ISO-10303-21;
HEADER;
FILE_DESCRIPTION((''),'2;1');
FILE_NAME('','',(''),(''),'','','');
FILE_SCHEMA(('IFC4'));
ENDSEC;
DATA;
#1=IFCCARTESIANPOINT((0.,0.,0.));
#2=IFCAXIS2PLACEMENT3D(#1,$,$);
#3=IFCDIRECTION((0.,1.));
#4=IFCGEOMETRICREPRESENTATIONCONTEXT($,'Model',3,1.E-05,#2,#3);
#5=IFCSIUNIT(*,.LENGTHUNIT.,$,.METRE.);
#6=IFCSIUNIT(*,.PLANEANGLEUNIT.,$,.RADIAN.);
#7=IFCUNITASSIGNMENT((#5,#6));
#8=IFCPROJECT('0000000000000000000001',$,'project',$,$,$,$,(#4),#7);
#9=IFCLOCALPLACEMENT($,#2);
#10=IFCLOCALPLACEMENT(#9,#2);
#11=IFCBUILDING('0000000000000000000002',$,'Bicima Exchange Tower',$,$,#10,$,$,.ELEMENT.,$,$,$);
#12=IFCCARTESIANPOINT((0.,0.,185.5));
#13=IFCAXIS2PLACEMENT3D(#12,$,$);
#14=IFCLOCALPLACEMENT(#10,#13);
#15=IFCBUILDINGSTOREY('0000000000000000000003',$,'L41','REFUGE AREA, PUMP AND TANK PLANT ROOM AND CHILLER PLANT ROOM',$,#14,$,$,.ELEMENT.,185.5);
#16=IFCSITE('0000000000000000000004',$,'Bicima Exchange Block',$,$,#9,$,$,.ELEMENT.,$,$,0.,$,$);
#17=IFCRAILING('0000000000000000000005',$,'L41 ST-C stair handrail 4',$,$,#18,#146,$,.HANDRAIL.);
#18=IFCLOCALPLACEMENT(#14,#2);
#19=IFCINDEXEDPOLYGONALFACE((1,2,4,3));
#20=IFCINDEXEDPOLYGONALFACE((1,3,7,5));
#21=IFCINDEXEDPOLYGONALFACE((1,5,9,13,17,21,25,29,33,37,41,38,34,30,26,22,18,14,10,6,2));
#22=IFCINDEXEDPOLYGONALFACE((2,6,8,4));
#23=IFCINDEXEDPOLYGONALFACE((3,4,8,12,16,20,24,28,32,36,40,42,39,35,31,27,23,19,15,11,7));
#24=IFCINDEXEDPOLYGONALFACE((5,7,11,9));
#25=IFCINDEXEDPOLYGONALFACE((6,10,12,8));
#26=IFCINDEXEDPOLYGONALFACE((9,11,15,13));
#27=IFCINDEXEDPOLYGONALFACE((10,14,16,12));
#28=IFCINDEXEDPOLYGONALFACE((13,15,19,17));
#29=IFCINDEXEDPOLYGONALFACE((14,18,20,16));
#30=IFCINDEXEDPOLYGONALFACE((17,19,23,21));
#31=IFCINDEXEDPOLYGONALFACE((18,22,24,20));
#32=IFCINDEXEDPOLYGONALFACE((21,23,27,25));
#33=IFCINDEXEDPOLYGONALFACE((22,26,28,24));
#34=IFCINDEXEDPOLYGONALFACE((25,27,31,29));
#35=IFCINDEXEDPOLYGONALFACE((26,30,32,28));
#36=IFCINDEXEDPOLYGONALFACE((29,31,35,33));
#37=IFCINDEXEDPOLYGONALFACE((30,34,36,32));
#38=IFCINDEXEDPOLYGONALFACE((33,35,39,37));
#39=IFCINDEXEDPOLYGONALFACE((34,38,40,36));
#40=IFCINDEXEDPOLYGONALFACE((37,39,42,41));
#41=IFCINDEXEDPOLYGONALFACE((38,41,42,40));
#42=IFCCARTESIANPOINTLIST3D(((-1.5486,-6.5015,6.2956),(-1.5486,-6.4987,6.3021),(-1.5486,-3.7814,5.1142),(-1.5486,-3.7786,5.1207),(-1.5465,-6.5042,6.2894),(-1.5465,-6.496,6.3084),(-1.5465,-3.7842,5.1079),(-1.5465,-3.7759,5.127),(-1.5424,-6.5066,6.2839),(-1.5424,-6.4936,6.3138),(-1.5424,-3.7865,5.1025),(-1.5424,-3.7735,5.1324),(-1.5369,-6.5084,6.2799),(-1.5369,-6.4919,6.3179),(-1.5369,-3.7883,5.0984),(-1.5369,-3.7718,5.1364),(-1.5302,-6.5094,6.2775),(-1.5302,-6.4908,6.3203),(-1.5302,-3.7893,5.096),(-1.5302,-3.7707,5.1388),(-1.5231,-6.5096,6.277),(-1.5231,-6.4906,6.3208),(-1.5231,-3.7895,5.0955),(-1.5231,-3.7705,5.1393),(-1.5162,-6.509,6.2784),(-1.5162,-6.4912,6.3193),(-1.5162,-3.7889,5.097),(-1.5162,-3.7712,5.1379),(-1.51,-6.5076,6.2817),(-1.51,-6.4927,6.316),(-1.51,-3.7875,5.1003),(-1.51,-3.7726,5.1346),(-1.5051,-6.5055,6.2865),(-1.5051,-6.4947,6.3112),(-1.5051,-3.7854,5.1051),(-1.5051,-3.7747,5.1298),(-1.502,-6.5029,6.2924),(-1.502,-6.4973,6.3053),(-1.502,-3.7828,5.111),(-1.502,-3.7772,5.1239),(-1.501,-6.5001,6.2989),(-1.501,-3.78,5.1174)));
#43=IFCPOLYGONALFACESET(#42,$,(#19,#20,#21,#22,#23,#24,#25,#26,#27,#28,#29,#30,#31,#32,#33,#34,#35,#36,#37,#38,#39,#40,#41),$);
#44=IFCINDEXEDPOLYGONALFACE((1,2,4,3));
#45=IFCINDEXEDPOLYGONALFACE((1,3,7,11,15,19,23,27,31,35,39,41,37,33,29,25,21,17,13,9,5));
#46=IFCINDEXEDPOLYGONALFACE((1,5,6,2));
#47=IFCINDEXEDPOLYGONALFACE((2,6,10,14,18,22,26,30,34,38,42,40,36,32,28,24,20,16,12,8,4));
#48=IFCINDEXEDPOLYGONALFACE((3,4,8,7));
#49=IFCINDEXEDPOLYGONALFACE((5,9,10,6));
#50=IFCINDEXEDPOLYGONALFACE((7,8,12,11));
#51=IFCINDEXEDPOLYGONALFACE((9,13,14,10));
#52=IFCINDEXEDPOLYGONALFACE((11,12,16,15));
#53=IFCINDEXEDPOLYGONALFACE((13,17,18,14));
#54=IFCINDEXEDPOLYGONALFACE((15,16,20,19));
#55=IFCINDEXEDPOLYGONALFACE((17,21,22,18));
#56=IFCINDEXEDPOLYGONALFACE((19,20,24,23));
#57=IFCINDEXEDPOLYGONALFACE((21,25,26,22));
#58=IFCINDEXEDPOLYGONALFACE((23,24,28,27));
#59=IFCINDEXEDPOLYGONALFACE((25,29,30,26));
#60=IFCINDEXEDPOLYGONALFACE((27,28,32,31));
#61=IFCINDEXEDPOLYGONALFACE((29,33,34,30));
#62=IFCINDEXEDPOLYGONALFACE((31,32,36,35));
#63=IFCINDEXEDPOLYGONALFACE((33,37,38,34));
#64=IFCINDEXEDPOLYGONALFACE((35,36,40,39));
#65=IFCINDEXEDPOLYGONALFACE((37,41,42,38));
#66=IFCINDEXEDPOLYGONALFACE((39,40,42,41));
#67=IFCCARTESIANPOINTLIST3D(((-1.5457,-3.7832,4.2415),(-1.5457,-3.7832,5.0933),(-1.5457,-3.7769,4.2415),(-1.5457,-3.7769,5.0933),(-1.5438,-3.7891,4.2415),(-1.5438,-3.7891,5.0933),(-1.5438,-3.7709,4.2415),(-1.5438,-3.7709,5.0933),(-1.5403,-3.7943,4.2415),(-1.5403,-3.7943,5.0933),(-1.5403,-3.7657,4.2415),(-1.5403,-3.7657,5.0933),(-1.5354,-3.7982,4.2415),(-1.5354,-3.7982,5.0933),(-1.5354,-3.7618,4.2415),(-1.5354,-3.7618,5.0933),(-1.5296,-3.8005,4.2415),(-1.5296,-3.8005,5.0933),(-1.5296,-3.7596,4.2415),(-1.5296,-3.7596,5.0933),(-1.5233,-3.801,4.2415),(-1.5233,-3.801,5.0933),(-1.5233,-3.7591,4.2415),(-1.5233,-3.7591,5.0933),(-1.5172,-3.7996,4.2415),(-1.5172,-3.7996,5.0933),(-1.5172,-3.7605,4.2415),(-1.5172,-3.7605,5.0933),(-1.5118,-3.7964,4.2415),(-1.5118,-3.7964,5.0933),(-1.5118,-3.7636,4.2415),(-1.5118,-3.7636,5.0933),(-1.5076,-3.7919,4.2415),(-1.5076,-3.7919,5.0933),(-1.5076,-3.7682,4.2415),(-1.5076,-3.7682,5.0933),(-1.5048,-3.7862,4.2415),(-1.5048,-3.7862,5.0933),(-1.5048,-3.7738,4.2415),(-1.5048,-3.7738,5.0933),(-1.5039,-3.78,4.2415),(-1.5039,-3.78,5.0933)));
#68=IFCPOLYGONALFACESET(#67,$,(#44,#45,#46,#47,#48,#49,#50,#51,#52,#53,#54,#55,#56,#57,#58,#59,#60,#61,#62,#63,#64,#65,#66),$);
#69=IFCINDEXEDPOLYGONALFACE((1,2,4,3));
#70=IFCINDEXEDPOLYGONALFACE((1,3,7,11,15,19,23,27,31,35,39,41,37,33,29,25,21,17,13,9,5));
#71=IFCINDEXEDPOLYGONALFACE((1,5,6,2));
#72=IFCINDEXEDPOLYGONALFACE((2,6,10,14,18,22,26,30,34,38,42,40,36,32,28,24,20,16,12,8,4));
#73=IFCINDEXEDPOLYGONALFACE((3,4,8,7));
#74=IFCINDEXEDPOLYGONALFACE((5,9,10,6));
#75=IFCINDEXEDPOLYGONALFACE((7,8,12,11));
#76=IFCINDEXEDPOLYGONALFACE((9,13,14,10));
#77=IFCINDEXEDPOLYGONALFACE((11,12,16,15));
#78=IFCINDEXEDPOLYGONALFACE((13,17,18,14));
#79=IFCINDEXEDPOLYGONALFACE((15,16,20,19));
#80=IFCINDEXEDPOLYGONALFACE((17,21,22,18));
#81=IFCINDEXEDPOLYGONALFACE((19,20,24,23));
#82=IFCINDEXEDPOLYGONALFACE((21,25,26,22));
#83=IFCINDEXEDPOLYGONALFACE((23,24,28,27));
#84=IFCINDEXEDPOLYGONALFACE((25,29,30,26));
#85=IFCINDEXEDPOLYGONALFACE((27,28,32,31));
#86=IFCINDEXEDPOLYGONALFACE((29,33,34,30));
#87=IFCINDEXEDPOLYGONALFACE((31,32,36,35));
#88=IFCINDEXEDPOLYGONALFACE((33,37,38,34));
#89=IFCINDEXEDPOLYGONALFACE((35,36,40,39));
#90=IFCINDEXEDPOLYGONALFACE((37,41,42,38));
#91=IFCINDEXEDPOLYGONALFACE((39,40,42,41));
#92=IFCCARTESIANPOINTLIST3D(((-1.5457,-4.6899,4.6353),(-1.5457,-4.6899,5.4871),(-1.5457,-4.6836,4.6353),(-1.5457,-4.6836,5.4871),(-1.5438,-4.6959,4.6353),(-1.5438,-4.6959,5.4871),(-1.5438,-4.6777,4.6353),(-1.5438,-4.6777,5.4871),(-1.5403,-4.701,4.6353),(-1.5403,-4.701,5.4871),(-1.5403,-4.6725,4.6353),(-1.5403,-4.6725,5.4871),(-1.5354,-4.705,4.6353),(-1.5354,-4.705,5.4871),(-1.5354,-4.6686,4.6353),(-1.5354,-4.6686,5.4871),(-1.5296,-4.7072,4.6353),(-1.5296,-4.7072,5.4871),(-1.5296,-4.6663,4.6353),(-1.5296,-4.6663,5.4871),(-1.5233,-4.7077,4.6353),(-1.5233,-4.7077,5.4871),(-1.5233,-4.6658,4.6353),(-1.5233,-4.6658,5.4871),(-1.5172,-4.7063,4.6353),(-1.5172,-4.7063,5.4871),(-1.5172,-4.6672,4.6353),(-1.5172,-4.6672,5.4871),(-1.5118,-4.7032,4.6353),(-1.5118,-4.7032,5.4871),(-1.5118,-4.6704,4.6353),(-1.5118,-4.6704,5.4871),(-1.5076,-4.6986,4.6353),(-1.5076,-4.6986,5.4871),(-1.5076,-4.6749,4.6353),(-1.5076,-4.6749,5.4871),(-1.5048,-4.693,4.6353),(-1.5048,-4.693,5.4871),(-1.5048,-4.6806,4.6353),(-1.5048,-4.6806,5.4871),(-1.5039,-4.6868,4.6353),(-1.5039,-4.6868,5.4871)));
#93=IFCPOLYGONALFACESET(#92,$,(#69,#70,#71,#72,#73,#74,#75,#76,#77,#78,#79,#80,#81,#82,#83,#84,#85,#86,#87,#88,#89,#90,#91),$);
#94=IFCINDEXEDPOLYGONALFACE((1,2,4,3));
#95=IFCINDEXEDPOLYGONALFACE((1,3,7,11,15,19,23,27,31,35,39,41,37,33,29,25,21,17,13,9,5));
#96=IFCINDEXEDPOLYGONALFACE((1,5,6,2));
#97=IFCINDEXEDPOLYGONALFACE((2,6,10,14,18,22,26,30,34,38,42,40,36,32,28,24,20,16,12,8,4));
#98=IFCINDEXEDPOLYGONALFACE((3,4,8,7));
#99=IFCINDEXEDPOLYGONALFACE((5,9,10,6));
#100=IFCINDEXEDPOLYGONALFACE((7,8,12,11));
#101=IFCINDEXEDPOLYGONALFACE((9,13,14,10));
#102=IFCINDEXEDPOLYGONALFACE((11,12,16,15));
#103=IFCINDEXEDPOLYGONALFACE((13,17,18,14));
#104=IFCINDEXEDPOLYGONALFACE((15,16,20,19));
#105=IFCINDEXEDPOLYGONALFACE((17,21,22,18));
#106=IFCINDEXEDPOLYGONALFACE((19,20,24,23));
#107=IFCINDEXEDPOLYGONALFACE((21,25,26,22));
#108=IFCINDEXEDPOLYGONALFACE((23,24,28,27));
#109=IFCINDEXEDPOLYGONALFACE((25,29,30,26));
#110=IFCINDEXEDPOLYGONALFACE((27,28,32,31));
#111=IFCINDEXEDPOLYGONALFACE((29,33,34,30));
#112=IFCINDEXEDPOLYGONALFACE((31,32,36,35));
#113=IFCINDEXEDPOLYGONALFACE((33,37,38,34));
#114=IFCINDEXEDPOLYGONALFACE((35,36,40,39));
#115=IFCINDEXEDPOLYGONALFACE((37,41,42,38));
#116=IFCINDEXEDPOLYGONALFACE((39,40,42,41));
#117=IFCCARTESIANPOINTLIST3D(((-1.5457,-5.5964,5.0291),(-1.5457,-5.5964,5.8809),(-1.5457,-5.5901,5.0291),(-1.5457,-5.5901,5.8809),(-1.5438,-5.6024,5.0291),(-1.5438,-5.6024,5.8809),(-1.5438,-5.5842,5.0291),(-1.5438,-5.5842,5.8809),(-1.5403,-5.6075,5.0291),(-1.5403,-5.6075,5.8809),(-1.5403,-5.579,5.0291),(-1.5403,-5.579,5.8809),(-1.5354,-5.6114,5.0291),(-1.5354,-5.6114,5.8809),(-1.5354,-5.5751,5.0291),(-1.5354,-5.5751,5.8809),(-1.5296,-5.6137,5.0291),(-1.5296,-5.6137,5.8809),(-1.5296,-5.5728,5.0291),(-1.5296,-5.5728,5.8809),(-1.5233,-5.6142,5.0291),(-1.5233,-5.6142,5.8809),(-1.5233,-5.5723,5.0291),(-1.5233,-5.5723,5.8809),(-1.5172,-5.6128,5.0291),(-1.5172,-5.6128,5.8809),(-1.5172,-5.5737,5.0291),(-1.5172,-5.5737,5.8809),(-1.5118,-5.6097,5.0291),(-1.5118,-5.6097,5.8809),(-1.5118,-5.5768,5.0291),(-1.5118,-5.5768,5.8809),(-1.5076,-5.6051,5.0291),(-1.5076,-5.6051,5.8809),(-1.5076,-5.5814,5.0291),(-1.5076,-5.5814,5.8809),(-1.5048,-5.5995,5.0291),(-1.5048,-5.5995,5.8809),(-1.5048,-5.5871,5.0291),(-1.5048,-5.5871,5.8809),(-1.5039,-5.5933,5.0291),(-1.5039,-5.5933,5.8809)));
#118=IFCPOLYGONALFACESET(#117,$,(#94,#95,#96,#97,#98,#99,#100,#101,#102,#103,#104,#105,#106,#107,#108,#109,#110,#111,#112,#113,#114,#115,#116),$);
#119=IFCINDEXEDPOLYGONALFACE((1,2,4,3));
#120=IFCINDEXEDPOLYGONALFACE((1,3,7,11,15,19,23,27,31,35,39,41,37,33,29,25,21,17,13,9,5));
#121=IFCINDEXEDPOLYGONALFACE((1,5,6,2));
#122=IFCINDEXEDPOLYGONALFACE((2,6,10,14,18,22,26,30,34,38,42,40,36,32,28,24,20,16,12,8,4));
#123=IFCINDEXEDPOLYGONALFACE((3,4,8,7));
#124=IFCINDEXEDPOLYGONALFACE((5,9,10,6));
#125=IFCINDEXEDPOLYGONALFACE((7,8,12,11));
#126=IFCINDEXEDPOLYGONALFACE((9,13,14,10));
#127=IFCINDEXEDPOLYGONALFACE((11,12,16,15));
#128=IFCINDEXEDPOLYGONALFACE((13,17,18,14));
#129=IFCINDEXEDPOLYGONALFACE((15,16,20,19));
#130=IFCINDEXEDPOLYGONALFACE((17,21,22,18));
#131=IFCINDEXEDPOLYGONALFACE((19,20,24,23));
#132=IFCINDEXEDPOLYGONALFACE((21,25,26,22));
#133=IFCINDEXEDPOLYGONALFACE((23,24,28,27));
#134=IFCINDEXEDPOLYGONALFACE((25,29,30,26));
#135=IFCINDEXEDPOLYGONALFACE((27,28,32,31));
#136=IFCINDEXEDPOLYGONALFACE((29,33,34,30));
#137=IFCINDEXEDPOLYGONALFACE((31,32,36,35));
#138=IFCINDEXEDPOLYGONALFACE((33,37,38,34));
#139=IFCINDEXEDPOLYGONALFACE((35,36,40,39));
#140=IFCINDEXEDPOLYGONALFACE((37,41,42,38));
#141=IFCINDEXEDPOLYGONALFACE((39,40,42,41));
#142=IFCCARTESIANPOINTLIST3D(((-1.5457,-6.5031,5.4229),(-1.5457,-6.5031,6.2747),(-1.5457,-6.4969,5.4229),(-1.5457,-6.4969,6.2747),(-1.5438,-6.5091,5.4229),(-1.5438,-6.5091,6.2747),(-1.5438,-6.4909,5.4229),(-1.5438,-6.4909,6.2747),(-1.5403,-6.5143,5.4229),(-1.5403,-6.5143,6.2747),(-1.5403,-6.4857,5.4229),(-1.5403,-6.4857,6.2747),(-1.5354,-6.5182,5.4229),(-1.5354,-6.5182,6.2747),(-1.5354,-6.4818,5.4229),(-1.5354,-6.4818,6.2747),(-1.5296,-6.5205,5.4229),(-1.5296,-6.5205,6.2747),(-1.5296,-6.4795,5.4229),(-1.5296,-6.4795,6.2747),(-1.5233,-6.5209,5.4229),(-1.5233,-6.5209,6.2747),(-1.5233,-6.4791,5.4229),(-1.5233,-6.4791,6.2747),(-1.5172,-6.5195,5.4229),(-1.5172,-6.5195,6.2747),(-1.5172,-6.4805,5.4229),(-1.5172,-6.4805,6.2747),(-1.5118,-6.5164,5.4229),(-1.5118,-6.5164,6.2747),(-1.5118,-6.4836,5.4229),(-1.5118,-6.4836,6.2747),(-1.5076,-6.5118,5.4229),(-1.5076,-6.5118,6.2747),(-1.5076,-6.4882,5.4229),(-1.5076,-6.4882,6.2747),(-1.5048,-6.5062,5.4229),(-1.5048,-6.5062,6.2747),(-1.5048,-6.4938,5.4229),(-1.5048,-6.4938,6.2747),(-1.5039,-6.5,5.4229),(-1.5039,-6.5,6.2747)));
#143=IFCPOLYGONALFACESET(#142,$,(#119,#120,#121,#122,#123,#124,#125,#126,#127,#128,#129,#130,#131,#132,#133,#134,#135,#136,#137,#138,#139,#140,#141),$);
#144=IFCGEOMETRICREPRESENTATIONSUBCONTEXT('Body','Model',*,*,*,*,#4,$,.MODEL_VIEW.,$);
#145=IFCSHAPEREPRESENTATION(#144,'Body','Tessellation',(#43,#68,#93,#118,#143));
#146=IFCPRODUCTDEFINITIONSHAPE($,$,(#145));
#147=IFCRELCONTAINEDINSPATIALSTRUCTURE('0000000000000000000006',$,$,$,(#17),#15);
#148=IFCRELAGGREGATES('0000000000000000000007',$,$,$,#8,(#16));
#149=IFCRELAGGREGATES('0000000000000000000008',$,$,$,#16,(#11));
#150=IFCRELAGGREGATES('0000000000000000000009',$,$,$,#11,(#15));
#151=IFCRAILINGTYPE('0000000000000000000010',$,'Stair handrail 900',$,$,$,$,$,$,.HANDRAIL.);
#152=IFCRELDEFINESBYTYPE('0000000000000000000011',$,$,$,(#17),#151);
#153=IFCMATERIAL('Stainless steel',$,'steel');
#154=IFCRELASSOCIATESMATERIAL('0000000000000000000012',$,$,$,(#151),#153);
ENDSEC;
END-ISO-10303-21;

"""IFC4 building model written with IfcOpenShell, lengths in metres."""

from ifc_helpers import new_model, si_unit, direction, frame, origin, origin_2d, place, context, subcontext, project, spatial, circle, extrude, material, type_object, element, save


model = new_model("IFC4")

# Units and contexts
model_context = context("Model", 3, precision=1e-05, world=origin(), true_north=direction((0.0, 1.0)))
body_context = subcontext(model_context, "Body", "Model", "MODEL_VIEW")
ifc_project = project(units=[si_unit("LENGTHUNIT", "METRE"), si_unit("PLANEANGLEUNIT", "RADIAN")], contexts=[model_context])

# Site, building, storey
site_placement = place(None, origin())
site = spatial("IfcSite", under=ifc_project, at=site_placement, Name="Bicima Exchange Block", CompositionType="ELEMENT", RefElevation=0.0)
building_placement = place(site_placement, origin())
building = spatial("IfcBuilding", under=site, at=building_placement, Name="Bicima Exchange Tower", CompositionType="ELEMENT")
storey_placement = place(building_placement, frame((0.0, 0.0, 185.5)))
storey = spatial("IfcBuildingStorey", under=building, at=storey_placement, Name="L41", Description="REFUGE AREA, PUMP AND TANK PLANT ROOM AND CHILLER PLANT ROOM", CompositionType="ELEMENT", Elevation=185.5)

# Railing
ifc_material_1 = material(Name="Stainless steel", Category="steel")
railing_type = type_object("IfcRailingType", Name="Stair handrail 900", PredefinedType="HANDRAIL", material=ifc_material_1)
railing_1_placement = place(storey_placement, frame((-1.5249, -3.78, 4.2415)))
element("IfcRailing", 1, at=railing_1_placement, inside=storey, type_object=railing_type, Name="L41 ST-C stair handrail 4", PredefinedType="HANDRAIL", context=body_context, shape_type="SweptSolid", body=[
    extrude(circle(Radius=0.0239, at=origin_2d()), frame((0.0, 0.0, 0.876), z_axis=(0.0, -0.917218, 0.398386), x_axis=(1.0, 0.0, 0.0)), (0.0, 0.0, 1.0), 2.9656),
    extrude(circle(Radius=0.021, at=origin_2d()), origin(), (0.0, 0.0, 1.0), 0.8518),
    extrude(circle(Radius=0.021, at=origin_2d()), frame((0.0, -0.9067, 0.3938)), (0.0, 0.0, 1.0), 0.8518),
    extrude(circle(Radius=0.021, at=origin_2d()), frame((0.0, -1.8132, 0.7876)), (0.0, 0.0, 1.0), 0.8518),
    extrude(circle(Radius=0.021, at=origin_2d()), frame((0.0, -2.72, 1.1814)), (0.0, 0.0, 1.0), 0.8518),
])

save(model, "model.ifc")
